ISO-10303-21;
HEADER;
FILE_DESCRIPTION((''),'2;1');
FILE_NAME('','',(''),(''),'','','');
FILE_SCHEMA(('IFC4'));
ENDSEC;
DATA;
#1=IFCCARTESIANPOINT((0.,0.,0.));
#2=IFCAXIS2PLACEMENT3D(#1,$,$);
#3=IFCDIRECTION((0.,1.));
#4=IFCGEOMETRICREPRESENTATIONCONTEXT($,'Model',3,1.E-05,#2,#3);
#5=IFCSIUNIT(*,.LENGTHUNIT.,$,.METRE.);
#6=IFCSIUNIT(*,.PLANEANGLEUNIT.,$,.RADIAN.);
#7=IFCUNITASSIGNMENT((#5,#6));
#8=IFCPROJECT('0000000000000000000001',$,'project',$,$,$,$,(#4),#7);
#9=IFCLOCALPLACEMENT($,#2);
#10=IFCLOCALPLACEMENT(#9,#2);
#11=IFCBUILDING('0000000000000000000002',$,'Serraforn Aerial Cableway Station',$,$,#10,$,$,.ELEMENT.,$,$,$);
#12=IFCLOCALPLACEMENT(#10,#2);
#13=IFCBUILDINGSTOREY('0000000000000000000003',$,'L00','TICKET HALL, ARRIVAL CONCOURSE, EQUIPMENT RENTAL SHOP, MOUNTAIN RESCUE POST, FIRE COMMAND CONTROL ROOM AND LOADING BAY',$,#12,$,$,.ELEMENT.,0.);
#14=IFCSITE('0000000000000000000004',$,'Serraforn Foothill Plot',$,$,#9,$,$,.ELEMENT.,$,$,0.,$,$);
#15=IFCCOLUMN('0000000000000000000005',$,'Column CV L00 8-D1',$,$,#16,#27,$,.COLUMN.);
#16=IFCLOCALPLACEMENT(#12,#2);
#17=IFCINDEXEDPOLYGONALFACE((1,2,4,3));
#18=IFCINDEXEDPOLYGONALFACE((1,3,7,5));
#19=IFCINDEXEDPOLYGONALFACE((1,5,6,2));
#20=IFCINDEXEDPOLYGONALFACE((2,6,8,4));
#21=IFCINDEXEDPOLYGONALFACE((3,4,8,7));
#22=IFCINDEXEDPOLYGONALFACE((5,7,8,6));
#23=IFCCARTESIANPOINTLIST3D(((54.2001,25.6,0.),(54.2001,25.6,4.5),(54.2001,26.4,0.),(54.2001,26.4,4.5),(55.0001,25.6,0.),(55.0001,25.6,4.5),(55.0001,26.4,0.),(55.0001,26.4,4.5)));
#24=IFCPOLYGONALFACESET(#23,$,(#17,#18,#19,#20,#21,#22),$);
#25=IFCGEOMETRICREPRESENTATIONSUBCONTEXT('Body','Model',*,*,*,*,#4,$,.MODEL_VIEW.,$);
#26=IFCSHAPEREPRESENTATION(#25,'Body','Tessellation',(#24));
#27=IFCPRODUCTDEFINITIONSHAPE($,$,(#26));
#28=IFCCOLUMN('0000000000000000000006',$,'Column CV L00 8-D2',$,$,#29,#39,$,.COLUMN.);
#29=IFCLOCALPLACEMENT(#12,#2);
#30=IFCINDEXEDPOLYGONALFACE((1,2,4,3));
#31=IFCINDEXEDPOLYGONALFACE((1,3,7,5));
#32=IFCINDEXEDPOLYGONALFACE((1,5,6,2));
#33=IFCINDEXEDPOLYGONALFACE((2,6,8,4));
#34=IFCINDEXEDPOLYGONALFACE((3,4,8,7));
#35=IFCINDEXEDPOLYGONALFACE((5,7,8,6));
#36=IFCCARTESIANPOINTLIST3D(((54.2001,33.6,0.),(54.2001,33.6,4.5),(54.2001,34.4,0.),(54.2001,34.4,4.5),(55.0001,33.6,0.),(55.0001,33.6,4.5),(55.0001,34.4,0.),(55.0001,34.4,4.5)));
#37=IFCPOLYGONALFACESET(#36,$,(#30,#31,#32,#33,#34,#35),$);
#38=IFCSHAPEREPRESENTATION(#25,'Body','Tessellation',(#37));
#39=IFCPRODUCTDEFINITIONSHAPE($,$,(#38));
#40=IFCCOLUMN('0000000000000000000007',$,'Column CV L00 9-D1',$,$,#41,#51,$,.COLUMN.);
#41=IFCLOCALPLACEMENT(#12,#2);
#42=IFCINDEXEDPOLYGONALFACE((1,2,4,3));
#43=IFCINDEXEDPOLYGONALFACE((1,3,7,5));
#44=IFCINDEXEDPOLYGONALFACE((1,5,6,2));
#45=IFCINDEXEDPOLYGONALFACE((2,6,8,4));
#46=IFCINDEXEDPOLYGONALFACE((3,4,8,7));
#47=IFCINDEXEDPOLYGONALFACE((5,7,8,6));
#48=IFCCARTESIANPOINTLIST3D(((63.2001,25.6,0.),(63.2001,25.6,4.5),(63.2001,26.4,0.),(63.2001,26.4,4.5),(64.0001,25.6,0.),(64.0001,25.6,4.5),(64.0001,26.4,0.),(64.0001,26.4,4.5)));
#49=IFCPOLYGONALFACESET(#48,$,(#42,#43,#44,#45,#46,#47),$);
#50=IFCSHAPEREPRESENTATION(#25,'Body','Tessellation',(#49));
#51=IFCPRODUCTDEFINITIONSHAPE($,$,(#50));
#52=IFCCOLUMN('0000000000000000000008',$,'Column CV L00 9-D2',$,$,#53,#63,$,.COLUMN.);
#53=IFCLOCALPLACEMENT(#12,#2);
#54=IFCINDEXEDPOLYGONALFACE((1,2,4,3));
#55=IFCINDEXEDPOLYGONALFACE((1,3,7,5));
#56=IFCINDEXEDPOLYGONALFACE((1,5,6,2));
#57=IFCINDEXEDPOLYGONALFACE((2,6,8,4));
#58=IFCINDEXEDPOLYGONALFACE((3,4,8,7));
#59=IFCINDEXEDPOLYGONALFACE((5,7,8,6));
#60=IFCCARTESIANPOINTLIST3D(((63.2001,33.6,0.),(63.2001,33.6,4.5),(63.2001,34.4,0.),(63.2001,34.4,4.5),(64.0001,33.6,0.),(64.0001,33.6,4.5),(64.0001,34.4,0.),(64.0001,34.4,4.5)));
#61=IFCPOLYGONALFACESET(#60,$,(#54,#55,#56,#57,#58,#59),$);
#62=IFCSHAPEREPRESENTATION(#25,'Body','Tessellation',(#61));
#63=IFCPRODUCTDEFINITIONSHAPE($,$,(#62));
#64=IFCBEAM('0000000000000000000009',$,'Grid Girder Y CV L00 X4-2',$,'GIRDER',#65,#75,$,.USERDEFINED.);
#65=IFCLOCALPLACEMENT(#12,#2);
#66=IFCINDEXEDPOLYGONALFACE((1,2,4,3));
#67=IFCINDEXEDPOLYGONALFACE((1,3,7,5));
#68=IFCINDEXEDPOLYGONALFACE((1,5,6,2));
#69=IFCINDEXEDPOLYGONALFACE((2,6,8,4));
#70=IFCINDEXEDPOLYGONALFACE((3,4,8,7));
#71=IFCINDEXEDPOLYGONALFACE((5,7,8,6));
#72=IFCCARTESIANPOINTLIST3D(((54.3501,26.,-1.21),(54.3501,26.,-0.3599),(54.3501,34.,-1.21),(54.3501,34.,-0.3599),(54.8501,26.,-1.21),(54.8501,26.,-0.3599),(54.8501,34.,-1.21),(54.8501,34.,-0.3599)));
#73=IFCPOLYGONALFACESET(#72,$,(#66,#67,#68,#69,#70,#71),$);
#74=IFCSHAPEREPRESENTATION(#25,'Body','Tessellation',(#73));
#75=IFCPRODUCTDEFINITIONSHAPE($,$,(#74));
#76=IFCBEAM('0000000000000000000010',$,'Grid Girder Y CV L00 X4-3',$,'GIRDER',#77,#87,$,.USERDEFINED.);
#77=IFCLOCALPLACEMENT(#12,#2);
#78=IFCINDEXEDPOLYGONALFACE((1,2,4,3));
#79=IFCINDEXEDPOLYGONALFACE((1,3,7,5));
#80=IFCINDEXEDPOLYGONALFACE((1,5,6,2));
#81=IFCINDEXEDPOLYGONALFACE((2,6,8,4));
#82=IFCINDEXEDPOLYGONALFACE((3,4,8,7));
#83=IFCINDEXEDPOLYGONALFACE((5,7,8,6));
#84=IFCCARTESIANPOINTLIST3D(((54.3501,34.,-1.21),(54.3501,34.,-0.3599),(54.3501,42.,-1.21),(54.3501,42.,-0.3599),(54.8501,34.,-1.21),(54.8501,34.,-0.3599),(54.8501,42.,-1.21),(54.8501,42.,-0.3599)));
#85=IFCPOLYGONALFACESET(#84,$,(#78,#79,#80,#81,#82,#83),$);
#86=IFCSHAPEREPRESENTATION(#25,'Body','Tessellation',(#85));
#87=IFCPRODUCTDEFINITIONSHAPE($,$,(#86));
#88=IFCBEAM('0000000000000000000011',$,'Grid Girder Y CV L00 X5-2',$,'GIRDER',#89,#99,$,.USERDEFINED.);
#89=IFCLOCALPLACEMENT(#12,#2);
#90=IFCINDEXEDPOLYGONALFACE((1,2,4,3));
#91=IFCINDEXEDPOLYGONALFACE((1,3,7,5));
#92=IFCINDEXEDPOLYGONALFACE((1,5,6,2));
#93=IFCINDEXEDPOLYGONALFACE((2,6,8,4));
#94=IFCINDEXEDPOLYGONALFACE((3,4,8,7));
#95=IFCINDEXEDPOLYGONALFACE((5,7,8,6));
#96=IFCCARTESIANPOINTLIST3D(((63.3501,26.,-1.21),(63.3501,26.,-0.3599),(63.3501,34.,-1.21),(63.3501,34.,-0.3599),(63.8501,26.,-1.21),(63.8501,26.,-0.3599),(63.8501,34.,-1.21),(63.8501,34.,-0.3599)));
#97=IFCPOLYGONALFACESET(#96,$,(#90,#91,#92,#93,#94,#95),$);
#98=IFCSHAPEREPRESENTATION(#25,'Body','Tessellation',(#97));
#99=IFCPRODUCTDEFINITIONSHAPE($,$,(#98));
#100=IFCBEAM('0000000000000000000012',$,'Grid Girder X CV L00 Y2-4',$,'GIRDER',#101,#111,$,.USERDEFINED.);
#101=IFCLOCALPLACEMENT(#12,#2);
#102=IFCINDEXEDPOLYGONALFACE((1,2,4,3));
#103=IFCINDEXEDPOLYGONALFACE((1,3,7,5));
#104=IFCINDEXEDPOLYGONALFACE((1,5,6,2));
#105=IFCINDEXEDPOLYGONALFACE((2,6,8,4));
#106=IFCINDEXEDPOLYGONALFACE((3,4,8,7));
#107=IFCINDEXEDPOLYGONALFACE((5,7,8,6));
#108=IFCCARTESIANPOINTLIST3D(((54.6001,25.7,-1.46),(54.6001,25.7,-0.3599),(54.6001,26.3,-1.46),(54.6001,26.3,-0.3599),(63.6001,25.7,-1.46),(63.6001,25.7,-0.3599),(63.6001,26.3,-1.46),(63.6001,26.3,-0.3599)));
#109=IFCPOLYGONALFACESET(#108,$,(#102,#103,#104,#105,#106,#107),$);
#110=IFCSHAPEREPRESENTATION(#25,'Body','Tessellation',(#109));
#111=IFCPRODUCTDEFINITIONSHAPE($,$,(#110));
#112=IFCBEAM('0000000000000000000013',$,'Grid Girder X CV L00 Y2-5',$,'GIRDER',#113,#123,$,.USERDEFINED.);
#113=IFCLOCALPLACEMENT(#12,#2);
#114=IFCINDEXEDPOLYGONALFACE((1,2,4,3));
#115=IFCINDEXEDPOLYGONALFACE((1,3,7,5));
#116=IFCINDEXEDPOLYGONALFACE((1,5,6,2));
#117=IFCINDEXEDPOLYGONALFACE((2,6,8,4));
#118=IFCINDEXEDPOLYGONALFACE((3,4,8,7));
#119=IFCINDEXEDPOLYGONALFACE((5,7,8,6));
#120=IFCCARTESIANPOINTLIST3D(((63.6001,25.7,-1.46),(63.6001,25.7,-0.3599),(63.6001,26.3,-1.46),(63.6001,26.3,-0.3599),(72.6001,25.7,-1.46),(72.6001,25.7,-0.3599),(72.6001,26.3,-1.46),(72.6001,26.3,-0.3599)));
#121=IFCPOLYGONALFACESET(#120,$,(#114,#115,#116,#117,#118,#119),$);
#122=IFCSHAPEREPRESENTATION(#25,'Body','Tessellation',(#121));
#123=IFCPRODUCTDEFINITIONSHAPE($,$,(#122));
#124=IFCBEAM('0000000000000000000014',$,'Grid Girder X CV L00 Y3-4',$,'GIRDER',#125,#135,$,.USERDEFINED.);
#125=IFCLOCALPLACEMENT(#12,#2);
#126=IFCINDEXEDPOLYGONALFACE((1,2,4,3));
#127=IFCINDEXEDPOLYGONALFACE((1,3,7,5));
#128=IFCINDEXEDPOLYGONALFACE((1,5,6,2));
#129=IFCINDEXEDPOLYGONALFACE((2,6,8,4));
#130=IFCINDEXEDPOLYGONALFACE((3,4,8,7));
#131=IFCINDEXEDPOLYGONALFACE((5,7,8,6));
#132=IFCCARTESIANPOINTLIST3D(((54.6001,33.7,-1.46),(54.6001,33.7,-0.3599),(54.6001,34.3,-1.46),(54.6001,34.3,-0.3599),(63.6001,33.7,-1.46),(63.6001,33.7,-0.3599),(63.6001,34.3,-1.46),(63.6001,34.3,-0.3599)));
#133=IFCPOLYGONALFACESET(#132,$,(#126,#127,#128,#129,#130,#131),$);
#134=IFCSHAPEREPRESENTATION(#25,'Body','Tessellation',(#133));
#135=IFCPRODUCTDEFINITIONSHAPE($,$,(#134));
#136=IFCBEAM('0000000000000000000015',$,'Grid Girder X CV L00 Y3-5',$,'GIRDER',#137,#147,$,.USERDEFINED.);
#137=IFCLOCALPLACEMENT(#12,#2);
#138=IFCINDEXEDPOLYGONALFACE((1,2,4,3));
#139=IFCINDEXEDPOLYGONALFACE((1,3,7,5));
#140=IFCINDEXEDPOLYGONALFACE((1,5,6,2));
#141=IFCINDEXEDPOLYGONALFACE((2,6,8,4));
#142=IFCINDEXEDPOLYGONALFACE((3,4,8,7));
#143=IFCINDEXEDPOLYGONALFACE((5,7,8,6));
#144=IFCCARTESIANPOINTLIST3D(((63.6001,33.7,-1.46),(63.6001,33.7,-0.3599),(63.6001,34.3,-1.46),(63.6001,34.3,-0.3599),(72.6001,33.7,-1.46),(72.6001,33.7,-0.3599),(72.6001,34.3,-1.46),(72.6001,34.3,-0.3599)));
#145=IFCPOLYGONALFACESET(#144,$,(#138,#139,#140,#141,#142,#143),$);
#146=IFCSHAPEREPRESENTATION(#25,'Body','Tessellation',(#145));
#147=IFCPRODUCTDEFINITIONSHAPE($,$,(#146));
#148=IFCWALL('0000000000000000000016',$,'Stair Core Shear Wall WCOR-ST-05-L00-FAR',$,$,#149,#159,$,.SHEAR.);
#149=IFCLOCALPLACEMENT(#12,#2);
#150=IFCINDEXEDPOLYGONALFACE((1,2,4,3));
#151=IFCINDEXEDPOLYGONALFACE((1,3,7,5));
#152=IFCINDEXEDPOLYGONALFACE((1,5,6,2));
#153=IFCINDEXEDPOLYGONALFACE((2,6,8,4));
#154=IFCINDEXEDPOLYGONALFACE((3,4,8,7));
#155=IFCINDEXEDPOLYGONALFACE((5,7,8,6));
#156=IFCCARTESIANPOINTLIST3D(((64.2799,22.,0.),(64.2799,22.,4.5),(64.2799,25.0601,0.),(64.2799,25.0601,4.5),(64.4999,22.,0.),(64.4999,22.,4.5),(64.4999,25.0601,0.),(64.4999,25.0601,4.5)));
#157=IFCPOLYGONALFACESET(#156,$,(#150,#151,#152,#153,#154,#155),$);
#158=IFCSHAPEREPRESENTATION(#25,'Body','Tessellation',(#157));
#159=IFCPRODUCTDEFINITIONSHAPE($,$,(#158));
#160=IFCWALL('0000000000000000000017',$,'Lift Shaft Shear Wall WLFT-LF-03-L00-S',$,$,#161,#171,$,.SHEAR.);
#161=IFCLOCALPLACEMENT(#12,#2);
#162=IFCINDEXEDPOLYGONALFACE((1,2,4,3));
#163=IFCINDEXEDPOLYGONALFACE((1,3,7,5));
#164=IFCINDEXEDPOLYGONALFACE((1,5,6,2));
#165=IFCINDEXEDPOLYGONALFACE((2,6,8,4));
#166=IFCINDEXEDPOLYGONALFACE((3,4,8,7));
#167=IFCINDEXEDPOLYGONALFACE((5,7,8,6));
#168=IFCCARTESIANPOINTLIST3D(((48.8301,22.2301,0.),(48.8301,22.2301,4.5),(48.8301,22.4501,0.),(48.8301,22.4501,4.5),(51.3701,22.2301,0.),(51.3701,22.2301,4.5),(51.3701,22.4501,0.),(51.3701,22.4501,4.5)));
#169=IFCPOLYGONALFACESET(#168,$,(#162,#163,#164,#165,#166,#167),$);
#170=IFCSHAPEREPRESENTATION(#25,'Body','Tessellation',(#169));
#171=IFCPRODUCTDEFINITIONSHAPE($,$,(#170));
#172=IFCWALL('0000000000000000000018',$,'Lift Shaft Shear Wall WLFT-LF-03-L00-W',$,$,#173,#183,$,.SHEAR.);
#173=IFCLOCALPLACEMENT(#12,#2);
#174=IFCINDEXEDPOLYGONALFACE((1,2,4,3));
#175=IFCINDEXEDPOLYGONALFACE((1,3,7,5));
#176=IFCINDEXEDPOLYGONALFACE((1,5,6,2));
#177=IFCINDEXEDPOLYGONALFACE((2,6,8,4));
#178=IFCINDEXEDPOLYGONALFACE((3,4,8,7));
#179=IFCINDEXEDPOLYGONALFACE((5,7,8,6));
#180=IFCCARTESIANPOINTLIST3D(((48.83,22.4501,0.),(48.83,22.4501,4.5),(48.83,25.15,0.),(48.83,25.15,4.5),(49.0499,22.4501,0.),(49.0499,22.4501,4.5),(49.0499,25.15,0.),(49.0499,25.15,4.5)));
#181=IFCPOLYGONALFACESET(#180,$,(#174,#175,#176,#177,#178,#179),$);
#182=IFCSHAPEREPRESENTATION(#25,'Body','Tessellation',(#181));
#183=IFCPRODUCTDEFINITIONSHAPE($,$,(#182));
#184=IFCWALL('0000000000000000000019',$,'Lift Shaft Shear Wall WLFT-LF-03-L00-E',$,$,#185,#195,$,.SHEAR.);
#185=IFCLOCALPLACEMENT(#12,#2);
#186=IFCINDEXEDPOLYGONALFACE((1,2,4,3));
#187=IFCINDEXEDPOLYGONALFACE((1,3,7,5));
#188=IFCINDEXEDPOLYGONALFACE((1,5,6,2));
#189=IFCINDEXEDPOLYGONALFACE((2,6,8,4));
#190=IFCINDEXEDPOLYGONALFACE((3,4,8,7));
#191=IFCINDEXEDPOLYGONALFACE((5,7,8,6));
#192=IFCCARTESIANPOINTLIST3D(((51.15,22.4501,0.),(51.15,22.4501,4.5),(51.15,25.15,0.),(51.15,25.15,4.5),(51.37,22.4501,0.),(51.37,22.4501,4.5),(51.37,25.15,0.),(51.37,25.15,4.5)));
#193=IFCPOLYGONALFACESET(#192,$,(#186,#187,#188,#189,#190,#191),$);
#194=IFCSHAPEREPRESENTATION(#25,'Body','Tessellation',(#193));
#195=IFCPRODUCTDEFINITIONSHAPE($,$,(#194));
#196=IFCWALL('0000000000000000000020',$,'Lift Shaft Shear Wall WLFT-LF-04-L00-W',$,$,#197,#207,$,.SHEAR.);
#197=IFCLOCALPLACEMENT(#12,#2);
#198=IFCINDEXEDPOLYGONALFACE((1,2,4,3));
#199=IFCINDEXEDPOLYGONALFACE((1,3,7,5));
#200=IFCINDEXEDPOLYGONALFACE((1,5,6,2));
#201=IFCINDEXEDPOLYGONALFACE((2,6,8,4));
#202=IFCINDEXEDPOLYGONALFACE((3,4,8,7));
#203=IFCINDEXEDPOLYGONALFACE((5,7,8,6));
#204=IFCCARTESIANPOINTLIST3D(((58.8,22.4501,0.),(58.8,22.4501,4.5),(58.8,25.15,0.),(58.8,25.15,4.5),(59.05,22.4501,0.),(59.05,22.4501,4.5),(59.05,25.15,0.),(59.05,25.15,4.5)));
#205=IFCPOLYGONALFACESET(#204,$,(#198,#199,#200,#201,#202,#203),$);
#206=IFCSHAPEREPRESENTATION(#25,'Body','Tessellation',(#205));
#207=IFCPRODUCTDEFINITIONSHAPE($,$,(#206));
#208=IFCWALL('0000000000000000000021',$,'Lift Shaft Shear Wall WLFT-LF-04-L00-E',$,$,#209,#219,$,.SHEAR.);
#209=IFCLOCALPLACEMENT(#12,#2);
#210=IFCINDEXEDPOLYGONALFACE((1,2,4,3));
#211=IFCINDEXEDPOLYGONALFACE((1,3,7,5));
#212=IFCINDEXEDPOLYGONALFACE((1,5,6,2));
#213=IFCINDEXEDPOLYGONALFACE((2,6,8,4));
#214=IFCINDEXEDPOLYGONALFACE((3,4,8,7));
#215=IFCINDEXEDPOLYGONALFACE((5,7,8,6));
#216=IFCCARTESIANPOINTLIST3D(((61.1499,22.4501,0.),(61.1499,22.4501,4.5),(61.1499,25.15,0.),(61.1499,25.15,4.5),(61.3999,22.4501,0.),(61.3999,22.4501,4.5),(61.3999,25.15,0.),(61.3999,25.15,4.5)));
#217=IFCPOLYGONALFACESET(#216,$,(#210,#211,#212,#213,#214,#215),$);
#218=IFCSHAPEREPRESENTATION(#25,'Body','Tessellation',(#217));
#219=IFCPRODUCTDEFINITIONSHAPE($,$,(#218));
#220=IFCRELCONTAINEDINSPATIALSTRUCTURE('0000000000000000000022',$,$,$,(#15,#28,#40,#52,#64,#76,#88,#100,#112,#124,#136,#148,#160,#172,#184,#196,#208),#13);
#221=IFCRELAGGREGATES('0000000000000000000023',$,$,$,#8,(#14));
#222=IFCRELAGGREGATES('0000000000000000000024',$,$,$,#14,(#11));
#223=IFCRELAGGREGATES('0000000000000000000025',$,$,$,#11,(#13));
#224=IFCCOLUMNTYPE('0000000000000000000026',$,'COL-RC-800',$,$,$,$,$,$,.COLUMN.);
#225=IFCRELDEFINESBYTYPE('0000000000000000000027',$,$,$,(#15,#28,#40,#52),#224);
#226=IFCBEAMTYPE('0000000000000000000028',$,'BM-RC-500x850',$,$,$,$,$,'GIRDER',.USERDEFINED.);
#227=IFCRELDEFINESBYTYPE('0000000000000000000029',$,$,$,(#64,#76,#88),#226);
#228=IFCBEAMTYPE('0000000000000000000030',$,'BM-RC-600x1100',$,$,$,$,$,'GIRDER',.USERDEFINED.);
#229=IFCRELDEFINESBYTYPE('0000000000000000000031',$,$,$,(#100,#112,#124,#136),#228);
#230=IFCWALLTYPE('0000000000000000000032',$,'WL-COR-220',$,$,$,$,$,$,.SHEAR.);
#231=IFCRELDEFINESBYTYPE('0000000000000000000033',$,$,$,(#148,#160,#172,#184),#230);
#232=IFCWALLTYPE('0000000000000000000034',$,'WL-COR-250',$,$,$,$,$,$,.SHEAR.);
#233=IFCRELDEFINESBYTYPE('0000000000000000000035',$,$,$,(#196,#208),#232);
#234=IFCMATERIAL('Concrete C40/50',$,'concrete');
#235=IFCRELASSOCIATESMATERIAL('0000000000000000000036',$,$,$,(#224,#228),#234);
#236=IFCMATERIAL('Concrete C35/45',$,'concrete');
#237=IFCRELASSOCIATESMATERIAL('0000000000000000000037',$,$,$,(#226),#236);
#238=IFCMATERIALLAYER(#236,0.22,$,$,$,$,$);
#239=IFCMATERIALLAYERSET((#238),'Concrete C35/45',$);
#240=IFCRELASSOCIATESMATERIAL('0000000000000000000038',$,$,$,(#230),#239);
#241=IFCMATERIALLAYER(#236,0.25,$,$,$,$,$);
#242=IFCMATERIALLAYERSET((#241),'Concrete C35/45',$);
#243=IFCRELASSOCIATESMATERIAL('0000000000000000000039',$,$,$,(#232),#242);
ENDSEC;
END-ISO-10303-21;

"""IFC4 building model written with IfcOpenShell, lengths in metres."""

from ifc_helpers import new_model, si_unit, direction, frame, frame_2d, origin, origin_2d, place, context, subcontext, project, spatial, rectangle, extrude, material, layer, layer_set, material_profile, profile_set, type_object, element, save


model = new_model("IFC4")

# Units and contexts
model_context = context("Model", 3, precision=1e-05, world=origin(), true_north=direction((0.0, 1.0)))
body_context = subcontext(model_context, "Body", "Model", "MODEL_VIEW")
ifc_project = project(units=[si_unit("LENGTHUNIT", "METRE"), si_unit("PLANEANGLEUNIT", "RADIAN")], contexts=[model_context])

# Site, building, storey
site_placement = place(None, origin())
site = spatial("IfcSite", under=ifc_project, at=site_placement, Name="Serraforn Foothill Plot", CompositionType="ELEMENT", RefElevation=0.0)
building_placement = place(site_placement, origin())
building = spatial("IfcBuilding", under=site, at=building_placement, Name="Serraforn Aerial Cableway Station", CompositionType="ELEMENT")
storey_placement = place(building_placement, origin())
storey = spatial("IfcBuildingStorey", under=building, at=storey_placement, Name="L00", Description="TICKET HALL, ARRIVAL CONCOURSE, EQUIPMENT RENTAL SHOP, MOUNTAIN RESCUE POST, FIRE COMMAND CONTROL ROOM AND LOADING BAY", CompositionType="ELEMENT", Elevation=0.0)

# Columns
ifc_material_1 = material(Name="Concrete C40/50", Category="concrete")
ifc_material_profile_1 = material_profile(ifc_material_1, rectangle(XDim=0.8, YDim=0.8, at=origin_2d()), Name="RC 800x800")
ifc_profile_set_1 = profile_set([ifc_material_profile_1], Name="Concrete C40/50")
column_type = type_object("IfcColumnType", Name="COL-RC-800", PredefinedType="COLUMN", material=ifc_profile_set_1)
for number, where, z_axis, x_axis, name in (
    (1, (54.6001, 26.0, 0.0), (0.0, 0.0, 1.0), (1.0, 0.0, 0.0), "Column CV L00 8-D1"),
    (2, (54.6001, 34.0, 0.0), (0.0, 0.0, 1.0), (1.0, 0.0, 0.0), "Column CV L00 8-D2"),
    (3, (63.6001, 26.0, 0.0), (0.0, 0.0, 1.0), (1.0, 0.0, 0.0), "Column CV L00 9-D1"),
    (4, (63.6001, 34.0, 0.0), (0.0, 0.0, 1.0), (1.0, 0.0, 0.0), "Column CV L00 9-D2"),
):
    element("IfcColumn", number, at=place(storey_placement, frame(where, z_axis=z_axis, x_axis=x_axis)), inside=storey, type_object=column_type, Name=name, PredefinedType="COLUMN", context=body_context, shape_type="SweptSolid", body=[
        extrude(rectangle(XDim=0.8, YDim=0.8, at=origin_2d()), origin(), (0.0, 0.0, 1.0), 4.5),
    ])

# Beams
ifc_material_2 = material(Name="Concrete C35/45", Category="concrete")
ifc_material_profile_2 = material_profile(ifc_material_2, rectangle(XDim=0.5, YDim=0.8501, at=origin_2d()), Name="RC 500x850")
ifc_profile_set_2 = profile_set([ifc_material_profile_2], Name="Concrete C35/45")
beam_type_1 = type_object("IfcBeamType", Name="BM-RC-500x850", ElementType="GIRDER", PredefinedType="USERDEFINED", material=ifc_profile_set_2)
for number, where, z_axis, x_axis, name in (
    (5, (54.6001, 26.0, -0.7849), (0.0, 1.0, 0.0), (-1.0, 0.0, 0.0), "Grid Girder Y CV L00 X4-2"),
    (6, (54.6001, 34.0, -0.7849), (0.0, 1.0, 0.0), (-1.0, 0.0, 0.0), "Grid Girder Y CV L00 X4-3"),
    (7, (63.6001, 26.0, -0.7849), (0.0, 1.0, 0.0), (-1.0, 0.0, 0.0), "Grid Girder Y CV L00 X5-2"),
):
    element("IfcBeam", number, at=place(storey_placement, frame(where, z_axis=z_axis, x_axis=x_axis)), inside=storey, type_object=beam_type_1, Name=name, ObjectType="GIRDER", PredefinedType="USERDEFINED", context=body_context, shape_type="SweptSolid", body=[
        extrude(rectangle(XDim=0.5, YDim=0.8501, at=origin_2d()), origin(), (0.0, 0.0, 1.0), 8.0),
    ])
ifc_material_profile_3 = material_profile(ifc_material_1, rectangle(XDim=0.6001, YDim=1.1001, at=origin_2d()), Name="RC 600x1100")
ifc_profile_set_3 = profile_set([ifc_material_profile_3], Name="Concrete C40/50")
beam_type_2 = type_object("IfcBeamType", Name="BM-RC-600x1100", ElementType="GIRDER", PredefinedType="USERDEFINED", material=ifc_profile_set_3)
for number, where, z_axis, x_axis, name in (
    (8, (54.6001, 26.0, -0.9099), (1.0, 0.0, 0.0), (0.0, 1.0, 0.0), "Grid Girder X CV L00 Y2-4"),
    (9, (63.6001, 26.0, -0.9099), (1.0, 0.0, 0.0), (0.0, 1.0, 0.0), "Grid Girder X CV L00 Y2-5"),
    (10, (54.6001, 34.0, -0.9099), (1.0, 0.0, 0.0), (0.0, 1.0, 0.0), "Grid Girder X CV L00 Y3-4"),
    (11, (63.6001, 34.0, -0.9099), (1.0, 0.0, 0.0), (0.0, 1.0, 0.0), "Grid Girder X CV L00 Y3-5"),
):
    element("IfcBeam", number, at=place(storey_placement, frame(where, z_axis=z_axis, x_axis=x_axis)), inside=storey, type_object=beam_type_2, Name=name, ObjectType="GIRDER", PredefinedType="USERDEFINED", context=body_context, shape_type="SweptSolid", body=[
        extrude(rectangle(XDim=0.6001, YDim=1.1001, at=origin_2d()), origin(), (0.0, 0.0, 1.0), 9.0),
    ])

# Walls
ifc_layer_1 = layer(ifc_material_2, 0.22)
ifc_layer_set_1 = layer_set([ifc_layer_1], Name="Concrete C35/45")
wall_type_1 = type_object("IfcWallType", Name="WL-COR-220", PredefinedType="SHEAR", material=ifc_layer_set_1)
wall_1_placement = place(storey_placement, frame((64.3899, 25.0601, 0.0), z_axis=(0.0, 0.0, 1.0), x_axis=(0.0, -1.0, 0.0)))
element("IfcWall", 12, at=wall_1_placement, inside=storey, type_object=wall_type_1, Name="Stair Core Shear Wall WCOR-ST-05-L00-FAR", PredefinedType="SHEAR", context=body_context, shape_type="SweptSolid", body=[
    extrude(rectangle(XDim=3.0601, YDim=0.22, at=frame_2d((1.53, 0.0))), origin(), (0.0, 0.0, 1.0), 4.5),
])
wall_2_placement = place(storey_placement, frame((48.8301, 22.3401, 0.0), z_axis=(0.0, 0.0, 1.0), x_axis=(1.0, 0.0, 0.0)))
element("IfcWall", 13, at=wall_2_placement, inside=storey, type_object=wall_type_1, Name="Lift Shaft Shear Wall WLFT-LF-03-L00-S", PredefinedType="SHEAR", context=body_context, shape_type="SweptSolid", body=[
    extrude(rectangle(XDim=2.54, YDim=0.22, at=frame_2d((1.27, 0.0))), origin(), (0.0, 0.0, 1.0), 4.5),
])

# Walls
for number, where, z_axis, x_axis, name in (
    (14, (48.9399, 22.45, 0.0), (0.0, 0.0, 1.0), (0.0, 1.0, 0.0), "Lift Shaft Shear Wall WLFT-LF-03-L00-W"),
    (15, (51.26, 22.45, 0.0), (0.0, 0.0, 1.0), (0.0, 1.0, 0.0), "Lift Shaft Shear Wall WLFT-LF-03-L00-E"),
):
    element("IfcWall", number, at=place(storey_placement, frame(where, z_axis=z_axis, x_axis=x_axis)), inside=storey, type_object=wall_type_1, Name=name, PredefinedType="SHEAR", context=body_context, shape_type="SweptSolid", body=[
        extrude(rectangle(XDim=2.7, YDim=0.22, at=frame_2d((1.3501, 0.0))), origin(), (0.0, 0.0, 1.0), 4.5),
    ])

# Shared definitions
ifc_layer_2 = layer(ifc_material_2, 0.25)
ifc_layer_set_2 = layer_set([ifc_layer_2], Name="Concrete C35/45")
wall_type_2 = type_object("IfcWallType", Name="WL-COR-250", PredefinedType="SHEAR", material=ifc_layer_set_2)

# Walls
for number, where, z_axis, x_axis, name in (
    (16, (58.925, 22.45, 0.0), (0.0, 0.0, 1.0), (0.0, 1.0, 0.0), "Lift Shaft Shear Wall WLFT-LF-04-L00-W"),
    (17, (61.2749, 22.45, 0.0), (0.0, 0.0, 1.0), (0.0, 1.0, 0.0), "Lift Shaft Shear Wall WLFT-LF-04-L00-E"),
):
    element("IfcWall", number, at=place(storey_placement, frame(where, z_axis=z_axis, x_axis=x_axis)), inside=storey, type_object=wall_type_2, Name=name, PredefinedType="SHEAR", context=body_context, shape_type="SweptSolid", body=[
        extrude(rectangle(XDim=2.7, YDim=0.25, at=frame_2d((1.3501, 0.0))), origin(), (0.0, 0.0, 1.0), 4.5),
    ])

save(model, "model.ifc")
